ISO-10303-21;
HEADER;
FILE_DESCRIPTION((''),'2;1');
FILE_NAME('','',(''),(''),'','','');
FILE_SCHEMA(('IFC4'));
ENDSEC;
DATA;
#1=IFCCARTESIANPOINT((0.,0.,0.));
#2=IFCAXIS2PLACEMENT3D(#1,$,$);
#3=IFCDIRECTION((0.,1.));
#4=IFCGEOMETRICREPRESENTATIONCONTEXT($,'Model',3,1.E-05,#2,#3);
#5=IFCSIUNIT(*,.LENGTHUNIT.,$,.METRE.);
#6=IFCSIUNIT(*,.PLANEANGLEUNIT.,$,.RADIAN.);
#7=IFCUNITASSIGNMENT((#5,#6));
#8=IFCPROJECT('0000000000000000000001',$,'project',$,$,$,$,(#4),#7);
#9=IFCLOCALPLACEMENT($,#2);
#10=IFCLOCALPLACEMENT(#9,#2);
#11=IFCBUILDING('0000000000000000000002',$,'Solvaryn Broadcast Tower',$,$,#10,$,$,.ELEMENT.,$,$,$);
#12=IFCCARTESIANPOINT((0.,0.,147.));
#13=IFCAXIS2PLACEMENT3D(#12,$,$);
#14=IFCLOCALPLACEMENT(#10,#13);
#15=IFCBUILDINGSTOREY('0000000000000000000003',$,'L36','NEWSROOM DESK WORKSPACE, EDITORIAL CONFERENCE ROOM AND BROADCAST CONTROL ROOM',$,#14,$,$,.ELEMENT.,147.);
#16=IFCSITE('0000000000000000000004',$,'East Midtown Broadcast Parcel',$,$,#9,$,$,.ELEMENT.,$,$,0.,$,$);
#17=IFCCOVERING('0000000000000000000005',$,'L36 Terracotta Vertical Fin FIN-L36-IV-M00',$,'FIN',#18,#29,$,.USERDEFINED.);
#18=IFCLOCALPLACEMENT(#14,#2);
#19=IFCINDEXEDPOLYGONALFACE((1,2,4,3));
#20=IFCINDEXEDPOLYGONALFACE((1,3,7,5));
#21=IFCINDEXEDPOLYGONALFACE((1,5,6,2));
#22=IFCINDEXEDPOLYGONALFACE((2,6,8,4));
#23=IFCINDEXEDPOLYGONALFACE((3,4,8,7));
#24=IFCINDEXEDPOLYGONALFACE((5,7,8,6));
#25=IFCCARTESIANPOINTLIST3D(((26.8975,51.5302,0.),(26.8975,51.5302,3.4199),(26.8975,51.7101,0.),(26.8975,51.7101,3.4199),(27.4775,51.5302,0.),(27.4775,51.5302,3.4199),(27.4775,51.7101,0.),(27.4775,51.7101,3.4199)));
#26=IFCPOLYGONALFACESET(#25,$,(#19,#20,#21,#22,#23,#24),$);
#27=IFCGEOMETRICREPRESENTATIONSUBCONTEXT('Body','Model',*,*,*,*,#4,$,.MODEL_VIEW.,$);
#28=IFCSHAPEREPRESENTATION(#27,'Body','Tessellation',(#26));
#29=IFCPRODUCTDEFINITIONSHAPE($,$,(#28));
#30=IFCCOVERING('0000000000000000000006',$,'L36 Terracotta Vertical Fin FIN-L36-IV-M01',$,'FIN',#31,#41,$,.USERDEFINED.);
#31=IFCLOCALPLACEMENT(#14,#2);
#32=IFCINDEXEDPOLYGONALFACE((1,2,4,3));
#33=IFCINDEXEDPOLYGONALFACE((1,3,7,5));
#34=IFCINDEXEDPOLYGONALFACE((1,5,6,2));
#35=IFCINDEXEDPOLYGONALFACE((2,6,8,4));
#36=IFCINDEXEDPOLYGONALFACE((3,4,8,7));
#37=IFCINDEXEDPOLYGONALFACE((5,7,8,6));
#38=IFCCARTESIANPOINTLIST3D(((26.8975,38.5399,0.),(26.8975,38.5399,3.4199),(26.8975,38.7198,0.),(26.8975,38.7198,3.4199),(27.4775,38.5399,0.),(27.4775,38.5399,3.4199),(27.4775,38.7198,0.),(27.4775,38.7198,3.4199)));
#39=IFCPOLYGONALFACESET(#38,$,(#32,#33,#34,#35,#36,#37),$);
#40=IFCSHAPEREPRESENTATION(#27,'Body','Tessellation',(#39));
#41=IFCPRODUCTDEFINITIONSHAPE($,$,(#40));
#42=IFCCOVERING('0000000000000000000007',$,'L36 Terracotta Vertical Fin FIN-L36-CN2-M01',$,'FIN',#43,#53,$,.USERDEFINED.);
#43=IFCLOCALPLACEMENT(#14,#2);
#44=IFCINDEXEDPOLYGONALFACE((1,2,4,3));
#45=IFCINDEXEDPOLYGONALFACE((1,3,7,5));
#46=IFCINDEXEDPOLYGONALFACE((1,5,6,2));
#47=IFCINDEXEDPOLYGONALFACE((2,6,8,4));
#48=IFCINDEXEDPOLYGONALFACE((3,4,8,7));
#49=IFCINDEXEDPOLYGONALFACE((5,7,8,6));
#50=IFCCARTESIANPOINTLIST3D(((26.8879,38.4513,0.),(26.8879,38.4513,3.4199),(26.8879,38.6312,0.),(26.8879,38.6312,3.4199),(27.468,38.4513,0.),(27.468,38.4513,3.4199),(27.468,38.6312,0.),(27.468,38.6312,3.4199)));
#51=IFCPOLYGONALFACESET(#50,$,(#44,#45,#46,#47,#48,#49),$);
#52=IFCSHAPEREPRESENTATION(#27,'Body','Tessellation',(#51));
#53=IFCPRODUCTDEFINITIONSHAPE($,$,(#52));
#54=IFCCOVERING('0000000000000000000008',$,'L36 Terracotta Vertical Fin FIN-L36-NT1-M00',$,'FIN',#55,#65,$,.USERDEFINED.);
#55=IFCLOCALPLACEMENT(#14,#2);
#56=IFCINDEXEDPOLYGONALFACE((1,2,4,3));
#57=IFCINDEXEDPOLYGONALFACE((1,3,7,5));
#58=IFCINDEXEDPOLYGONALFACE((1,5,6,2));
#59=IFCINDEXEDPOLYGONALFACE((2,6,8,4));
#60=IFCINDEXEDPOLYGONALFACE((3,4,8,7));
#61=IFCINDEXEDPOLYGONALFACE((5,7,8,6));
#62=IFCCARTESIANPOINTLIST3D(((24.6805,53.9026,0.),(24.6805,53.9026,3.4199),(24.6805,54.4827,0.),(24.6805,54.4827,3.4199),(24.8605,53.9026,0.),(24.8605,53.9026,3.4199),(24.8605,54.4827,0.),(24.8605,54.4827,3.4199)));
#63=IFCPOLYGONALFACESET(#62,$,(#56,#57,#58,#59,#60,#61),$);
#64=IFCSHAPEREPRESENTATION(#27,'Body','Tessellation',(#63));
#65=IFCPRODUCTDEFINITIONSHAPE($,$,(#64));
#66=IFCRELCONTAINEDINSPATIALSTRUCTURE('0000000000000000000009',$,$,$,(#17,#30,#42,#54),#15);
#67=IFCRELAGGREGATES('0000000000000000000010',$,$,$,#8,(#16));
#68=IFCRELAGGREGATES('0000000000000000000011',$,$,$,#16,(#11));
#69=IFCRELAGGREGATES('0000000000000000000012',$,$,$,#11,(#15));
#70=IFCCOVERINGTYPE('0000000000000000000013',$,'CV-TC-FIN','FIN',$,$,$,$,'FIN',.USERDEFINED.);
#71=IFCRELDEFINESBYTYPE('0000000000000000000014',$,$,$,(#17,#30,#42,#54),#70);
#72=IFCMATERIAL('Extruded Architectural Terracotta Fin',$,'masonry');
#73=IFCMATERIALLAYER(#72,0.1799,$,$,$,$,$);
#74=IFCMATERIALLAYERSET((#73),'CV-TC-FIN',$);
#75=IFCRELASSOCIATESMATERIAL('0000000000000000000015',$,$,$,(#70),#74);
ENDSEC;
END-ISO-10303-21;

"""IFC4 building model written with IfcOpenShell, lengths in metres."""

from ifc_helpers import new_model, si_unit, direction, frame, origin, origin_2d, place, context, subcontext, project, spatial, rectangle, extrude, material, layer, layer_set, type_object, element, save


model = new_model("IFC4")

# Units and contexts
model_context = context("Model", 3, precision=1e-05, world=origin(), true_north=direction((0.0, 1.0)))
body_context = subcontext(model_context, "Body", "Model", "MODEL_VIEW")
ifc_project = project(units=[si_unit("LENGTHUNIT", "METRE"), si_unit("PLANEANGLEUNIT", "RADIAN")], contexts=[model_context])

# Site, building, storey
site_placement = place(None, origin())
site = spatial("IfcSite", under=ifc_project, at=site_placement, Name="East Midtown Broadcast Parcel", CompositionType="ELEMENT", RefElevation=0.0)
building_placement = place(site_placement, origin())
building = spatial("IfcBuilding", under=site, at=building_placement, Name="Solvaryn Broadcast Tower", CompositionType="ELEMENT")
storey_placement = place(building_placement, frame((0.0, 0.0, 147.0)))
storey = spatial("IfcBuildingStorey", under=building, at=storey_placement, Name="L36", Description="NEWSROOM DESK WORKSPACE, EDITORIAL CONFERENCE ROOM AND BROADCAST CONTROL ROOM", CompositionType="ELEMENT", Elevation=147.0)

# Coverings
ifc_material_1 = material(Name="Extruded Architectural Terracotta Fin", Category="masonry")
ifc_layer_1 = layer(ifc_material_1, 0.1799)
ifc_layer_set_1 = layer_set([ifc_layer_1], Name="CV-TC-FIN")
covering_type = type_object("IfcCoveringType", Name="CV-TC-FIN", Description="FIN", ElementType="FIN", PredefinedType="USERDEFINED", material=ifc_layer_set_1)
for number, where, z_axis, x_axis, name in (
    (1, (27.1875, 51.6201, 0.0), (0.0, 0.0, 1.0), (1.0, 0.0, 0.0), "L36 Terracotta Vertical Fin FIN-L36-IV-M00"),
    (2, (27.1875, 38.6299, 0.0), (0.0, 0.0, 1.0), (1.0, 0.0, 0.0), "L36 Terracotta Vertical Fin FIN-L36-IV-M01"),
    (3, (27.178, 38.5413, 0.0), (0.0, 0.0, 1.0), (1.0, 0.0, 0.0), "L36 Terracotta Vertical Fin FIN-L36-CN2-M01"),
):
    element("IfcCovering", number, at=place(storey_placement, frame(where, z_axis=z_axis, x_axis=x_axis)), inside=storey, type_object=covering_type, Name=name, ObjectType="FIN", PredefinedType="USERDEFINED", context=body_context, shape_type="SweptSolid", body=[
        extrude(rectangle(XDim=0.5801, YDim=0.1799, at=origin_2d()), origin(), (0.0, 0.0, 1.0), 3.4199),
    ])
covering_placement = place(storey_placement, frame((24.7705, 54.1926, 0.0), z_axis=(0.0, 0.0, 1.0), x_axis=(1.0, 0.0, 0.0)))
element("IfcCovering", 4, at=covering_placement, inside=storey, type_object=covering_type, Name="L36 Terracotta Vertical Fin FIN-L36-NT1-M00", ObjectType="FIN", PredefinedType="USERDEFINED", context=body_context, shape_type="SweptSolid", body=[
    extrude(rectangle(XDim=0.1799, YDim=0.5801, at=origin_2d()), origin(), (0.0, 0.0, 1.0), 3.4199),
])

save(model, "model.ifc")
